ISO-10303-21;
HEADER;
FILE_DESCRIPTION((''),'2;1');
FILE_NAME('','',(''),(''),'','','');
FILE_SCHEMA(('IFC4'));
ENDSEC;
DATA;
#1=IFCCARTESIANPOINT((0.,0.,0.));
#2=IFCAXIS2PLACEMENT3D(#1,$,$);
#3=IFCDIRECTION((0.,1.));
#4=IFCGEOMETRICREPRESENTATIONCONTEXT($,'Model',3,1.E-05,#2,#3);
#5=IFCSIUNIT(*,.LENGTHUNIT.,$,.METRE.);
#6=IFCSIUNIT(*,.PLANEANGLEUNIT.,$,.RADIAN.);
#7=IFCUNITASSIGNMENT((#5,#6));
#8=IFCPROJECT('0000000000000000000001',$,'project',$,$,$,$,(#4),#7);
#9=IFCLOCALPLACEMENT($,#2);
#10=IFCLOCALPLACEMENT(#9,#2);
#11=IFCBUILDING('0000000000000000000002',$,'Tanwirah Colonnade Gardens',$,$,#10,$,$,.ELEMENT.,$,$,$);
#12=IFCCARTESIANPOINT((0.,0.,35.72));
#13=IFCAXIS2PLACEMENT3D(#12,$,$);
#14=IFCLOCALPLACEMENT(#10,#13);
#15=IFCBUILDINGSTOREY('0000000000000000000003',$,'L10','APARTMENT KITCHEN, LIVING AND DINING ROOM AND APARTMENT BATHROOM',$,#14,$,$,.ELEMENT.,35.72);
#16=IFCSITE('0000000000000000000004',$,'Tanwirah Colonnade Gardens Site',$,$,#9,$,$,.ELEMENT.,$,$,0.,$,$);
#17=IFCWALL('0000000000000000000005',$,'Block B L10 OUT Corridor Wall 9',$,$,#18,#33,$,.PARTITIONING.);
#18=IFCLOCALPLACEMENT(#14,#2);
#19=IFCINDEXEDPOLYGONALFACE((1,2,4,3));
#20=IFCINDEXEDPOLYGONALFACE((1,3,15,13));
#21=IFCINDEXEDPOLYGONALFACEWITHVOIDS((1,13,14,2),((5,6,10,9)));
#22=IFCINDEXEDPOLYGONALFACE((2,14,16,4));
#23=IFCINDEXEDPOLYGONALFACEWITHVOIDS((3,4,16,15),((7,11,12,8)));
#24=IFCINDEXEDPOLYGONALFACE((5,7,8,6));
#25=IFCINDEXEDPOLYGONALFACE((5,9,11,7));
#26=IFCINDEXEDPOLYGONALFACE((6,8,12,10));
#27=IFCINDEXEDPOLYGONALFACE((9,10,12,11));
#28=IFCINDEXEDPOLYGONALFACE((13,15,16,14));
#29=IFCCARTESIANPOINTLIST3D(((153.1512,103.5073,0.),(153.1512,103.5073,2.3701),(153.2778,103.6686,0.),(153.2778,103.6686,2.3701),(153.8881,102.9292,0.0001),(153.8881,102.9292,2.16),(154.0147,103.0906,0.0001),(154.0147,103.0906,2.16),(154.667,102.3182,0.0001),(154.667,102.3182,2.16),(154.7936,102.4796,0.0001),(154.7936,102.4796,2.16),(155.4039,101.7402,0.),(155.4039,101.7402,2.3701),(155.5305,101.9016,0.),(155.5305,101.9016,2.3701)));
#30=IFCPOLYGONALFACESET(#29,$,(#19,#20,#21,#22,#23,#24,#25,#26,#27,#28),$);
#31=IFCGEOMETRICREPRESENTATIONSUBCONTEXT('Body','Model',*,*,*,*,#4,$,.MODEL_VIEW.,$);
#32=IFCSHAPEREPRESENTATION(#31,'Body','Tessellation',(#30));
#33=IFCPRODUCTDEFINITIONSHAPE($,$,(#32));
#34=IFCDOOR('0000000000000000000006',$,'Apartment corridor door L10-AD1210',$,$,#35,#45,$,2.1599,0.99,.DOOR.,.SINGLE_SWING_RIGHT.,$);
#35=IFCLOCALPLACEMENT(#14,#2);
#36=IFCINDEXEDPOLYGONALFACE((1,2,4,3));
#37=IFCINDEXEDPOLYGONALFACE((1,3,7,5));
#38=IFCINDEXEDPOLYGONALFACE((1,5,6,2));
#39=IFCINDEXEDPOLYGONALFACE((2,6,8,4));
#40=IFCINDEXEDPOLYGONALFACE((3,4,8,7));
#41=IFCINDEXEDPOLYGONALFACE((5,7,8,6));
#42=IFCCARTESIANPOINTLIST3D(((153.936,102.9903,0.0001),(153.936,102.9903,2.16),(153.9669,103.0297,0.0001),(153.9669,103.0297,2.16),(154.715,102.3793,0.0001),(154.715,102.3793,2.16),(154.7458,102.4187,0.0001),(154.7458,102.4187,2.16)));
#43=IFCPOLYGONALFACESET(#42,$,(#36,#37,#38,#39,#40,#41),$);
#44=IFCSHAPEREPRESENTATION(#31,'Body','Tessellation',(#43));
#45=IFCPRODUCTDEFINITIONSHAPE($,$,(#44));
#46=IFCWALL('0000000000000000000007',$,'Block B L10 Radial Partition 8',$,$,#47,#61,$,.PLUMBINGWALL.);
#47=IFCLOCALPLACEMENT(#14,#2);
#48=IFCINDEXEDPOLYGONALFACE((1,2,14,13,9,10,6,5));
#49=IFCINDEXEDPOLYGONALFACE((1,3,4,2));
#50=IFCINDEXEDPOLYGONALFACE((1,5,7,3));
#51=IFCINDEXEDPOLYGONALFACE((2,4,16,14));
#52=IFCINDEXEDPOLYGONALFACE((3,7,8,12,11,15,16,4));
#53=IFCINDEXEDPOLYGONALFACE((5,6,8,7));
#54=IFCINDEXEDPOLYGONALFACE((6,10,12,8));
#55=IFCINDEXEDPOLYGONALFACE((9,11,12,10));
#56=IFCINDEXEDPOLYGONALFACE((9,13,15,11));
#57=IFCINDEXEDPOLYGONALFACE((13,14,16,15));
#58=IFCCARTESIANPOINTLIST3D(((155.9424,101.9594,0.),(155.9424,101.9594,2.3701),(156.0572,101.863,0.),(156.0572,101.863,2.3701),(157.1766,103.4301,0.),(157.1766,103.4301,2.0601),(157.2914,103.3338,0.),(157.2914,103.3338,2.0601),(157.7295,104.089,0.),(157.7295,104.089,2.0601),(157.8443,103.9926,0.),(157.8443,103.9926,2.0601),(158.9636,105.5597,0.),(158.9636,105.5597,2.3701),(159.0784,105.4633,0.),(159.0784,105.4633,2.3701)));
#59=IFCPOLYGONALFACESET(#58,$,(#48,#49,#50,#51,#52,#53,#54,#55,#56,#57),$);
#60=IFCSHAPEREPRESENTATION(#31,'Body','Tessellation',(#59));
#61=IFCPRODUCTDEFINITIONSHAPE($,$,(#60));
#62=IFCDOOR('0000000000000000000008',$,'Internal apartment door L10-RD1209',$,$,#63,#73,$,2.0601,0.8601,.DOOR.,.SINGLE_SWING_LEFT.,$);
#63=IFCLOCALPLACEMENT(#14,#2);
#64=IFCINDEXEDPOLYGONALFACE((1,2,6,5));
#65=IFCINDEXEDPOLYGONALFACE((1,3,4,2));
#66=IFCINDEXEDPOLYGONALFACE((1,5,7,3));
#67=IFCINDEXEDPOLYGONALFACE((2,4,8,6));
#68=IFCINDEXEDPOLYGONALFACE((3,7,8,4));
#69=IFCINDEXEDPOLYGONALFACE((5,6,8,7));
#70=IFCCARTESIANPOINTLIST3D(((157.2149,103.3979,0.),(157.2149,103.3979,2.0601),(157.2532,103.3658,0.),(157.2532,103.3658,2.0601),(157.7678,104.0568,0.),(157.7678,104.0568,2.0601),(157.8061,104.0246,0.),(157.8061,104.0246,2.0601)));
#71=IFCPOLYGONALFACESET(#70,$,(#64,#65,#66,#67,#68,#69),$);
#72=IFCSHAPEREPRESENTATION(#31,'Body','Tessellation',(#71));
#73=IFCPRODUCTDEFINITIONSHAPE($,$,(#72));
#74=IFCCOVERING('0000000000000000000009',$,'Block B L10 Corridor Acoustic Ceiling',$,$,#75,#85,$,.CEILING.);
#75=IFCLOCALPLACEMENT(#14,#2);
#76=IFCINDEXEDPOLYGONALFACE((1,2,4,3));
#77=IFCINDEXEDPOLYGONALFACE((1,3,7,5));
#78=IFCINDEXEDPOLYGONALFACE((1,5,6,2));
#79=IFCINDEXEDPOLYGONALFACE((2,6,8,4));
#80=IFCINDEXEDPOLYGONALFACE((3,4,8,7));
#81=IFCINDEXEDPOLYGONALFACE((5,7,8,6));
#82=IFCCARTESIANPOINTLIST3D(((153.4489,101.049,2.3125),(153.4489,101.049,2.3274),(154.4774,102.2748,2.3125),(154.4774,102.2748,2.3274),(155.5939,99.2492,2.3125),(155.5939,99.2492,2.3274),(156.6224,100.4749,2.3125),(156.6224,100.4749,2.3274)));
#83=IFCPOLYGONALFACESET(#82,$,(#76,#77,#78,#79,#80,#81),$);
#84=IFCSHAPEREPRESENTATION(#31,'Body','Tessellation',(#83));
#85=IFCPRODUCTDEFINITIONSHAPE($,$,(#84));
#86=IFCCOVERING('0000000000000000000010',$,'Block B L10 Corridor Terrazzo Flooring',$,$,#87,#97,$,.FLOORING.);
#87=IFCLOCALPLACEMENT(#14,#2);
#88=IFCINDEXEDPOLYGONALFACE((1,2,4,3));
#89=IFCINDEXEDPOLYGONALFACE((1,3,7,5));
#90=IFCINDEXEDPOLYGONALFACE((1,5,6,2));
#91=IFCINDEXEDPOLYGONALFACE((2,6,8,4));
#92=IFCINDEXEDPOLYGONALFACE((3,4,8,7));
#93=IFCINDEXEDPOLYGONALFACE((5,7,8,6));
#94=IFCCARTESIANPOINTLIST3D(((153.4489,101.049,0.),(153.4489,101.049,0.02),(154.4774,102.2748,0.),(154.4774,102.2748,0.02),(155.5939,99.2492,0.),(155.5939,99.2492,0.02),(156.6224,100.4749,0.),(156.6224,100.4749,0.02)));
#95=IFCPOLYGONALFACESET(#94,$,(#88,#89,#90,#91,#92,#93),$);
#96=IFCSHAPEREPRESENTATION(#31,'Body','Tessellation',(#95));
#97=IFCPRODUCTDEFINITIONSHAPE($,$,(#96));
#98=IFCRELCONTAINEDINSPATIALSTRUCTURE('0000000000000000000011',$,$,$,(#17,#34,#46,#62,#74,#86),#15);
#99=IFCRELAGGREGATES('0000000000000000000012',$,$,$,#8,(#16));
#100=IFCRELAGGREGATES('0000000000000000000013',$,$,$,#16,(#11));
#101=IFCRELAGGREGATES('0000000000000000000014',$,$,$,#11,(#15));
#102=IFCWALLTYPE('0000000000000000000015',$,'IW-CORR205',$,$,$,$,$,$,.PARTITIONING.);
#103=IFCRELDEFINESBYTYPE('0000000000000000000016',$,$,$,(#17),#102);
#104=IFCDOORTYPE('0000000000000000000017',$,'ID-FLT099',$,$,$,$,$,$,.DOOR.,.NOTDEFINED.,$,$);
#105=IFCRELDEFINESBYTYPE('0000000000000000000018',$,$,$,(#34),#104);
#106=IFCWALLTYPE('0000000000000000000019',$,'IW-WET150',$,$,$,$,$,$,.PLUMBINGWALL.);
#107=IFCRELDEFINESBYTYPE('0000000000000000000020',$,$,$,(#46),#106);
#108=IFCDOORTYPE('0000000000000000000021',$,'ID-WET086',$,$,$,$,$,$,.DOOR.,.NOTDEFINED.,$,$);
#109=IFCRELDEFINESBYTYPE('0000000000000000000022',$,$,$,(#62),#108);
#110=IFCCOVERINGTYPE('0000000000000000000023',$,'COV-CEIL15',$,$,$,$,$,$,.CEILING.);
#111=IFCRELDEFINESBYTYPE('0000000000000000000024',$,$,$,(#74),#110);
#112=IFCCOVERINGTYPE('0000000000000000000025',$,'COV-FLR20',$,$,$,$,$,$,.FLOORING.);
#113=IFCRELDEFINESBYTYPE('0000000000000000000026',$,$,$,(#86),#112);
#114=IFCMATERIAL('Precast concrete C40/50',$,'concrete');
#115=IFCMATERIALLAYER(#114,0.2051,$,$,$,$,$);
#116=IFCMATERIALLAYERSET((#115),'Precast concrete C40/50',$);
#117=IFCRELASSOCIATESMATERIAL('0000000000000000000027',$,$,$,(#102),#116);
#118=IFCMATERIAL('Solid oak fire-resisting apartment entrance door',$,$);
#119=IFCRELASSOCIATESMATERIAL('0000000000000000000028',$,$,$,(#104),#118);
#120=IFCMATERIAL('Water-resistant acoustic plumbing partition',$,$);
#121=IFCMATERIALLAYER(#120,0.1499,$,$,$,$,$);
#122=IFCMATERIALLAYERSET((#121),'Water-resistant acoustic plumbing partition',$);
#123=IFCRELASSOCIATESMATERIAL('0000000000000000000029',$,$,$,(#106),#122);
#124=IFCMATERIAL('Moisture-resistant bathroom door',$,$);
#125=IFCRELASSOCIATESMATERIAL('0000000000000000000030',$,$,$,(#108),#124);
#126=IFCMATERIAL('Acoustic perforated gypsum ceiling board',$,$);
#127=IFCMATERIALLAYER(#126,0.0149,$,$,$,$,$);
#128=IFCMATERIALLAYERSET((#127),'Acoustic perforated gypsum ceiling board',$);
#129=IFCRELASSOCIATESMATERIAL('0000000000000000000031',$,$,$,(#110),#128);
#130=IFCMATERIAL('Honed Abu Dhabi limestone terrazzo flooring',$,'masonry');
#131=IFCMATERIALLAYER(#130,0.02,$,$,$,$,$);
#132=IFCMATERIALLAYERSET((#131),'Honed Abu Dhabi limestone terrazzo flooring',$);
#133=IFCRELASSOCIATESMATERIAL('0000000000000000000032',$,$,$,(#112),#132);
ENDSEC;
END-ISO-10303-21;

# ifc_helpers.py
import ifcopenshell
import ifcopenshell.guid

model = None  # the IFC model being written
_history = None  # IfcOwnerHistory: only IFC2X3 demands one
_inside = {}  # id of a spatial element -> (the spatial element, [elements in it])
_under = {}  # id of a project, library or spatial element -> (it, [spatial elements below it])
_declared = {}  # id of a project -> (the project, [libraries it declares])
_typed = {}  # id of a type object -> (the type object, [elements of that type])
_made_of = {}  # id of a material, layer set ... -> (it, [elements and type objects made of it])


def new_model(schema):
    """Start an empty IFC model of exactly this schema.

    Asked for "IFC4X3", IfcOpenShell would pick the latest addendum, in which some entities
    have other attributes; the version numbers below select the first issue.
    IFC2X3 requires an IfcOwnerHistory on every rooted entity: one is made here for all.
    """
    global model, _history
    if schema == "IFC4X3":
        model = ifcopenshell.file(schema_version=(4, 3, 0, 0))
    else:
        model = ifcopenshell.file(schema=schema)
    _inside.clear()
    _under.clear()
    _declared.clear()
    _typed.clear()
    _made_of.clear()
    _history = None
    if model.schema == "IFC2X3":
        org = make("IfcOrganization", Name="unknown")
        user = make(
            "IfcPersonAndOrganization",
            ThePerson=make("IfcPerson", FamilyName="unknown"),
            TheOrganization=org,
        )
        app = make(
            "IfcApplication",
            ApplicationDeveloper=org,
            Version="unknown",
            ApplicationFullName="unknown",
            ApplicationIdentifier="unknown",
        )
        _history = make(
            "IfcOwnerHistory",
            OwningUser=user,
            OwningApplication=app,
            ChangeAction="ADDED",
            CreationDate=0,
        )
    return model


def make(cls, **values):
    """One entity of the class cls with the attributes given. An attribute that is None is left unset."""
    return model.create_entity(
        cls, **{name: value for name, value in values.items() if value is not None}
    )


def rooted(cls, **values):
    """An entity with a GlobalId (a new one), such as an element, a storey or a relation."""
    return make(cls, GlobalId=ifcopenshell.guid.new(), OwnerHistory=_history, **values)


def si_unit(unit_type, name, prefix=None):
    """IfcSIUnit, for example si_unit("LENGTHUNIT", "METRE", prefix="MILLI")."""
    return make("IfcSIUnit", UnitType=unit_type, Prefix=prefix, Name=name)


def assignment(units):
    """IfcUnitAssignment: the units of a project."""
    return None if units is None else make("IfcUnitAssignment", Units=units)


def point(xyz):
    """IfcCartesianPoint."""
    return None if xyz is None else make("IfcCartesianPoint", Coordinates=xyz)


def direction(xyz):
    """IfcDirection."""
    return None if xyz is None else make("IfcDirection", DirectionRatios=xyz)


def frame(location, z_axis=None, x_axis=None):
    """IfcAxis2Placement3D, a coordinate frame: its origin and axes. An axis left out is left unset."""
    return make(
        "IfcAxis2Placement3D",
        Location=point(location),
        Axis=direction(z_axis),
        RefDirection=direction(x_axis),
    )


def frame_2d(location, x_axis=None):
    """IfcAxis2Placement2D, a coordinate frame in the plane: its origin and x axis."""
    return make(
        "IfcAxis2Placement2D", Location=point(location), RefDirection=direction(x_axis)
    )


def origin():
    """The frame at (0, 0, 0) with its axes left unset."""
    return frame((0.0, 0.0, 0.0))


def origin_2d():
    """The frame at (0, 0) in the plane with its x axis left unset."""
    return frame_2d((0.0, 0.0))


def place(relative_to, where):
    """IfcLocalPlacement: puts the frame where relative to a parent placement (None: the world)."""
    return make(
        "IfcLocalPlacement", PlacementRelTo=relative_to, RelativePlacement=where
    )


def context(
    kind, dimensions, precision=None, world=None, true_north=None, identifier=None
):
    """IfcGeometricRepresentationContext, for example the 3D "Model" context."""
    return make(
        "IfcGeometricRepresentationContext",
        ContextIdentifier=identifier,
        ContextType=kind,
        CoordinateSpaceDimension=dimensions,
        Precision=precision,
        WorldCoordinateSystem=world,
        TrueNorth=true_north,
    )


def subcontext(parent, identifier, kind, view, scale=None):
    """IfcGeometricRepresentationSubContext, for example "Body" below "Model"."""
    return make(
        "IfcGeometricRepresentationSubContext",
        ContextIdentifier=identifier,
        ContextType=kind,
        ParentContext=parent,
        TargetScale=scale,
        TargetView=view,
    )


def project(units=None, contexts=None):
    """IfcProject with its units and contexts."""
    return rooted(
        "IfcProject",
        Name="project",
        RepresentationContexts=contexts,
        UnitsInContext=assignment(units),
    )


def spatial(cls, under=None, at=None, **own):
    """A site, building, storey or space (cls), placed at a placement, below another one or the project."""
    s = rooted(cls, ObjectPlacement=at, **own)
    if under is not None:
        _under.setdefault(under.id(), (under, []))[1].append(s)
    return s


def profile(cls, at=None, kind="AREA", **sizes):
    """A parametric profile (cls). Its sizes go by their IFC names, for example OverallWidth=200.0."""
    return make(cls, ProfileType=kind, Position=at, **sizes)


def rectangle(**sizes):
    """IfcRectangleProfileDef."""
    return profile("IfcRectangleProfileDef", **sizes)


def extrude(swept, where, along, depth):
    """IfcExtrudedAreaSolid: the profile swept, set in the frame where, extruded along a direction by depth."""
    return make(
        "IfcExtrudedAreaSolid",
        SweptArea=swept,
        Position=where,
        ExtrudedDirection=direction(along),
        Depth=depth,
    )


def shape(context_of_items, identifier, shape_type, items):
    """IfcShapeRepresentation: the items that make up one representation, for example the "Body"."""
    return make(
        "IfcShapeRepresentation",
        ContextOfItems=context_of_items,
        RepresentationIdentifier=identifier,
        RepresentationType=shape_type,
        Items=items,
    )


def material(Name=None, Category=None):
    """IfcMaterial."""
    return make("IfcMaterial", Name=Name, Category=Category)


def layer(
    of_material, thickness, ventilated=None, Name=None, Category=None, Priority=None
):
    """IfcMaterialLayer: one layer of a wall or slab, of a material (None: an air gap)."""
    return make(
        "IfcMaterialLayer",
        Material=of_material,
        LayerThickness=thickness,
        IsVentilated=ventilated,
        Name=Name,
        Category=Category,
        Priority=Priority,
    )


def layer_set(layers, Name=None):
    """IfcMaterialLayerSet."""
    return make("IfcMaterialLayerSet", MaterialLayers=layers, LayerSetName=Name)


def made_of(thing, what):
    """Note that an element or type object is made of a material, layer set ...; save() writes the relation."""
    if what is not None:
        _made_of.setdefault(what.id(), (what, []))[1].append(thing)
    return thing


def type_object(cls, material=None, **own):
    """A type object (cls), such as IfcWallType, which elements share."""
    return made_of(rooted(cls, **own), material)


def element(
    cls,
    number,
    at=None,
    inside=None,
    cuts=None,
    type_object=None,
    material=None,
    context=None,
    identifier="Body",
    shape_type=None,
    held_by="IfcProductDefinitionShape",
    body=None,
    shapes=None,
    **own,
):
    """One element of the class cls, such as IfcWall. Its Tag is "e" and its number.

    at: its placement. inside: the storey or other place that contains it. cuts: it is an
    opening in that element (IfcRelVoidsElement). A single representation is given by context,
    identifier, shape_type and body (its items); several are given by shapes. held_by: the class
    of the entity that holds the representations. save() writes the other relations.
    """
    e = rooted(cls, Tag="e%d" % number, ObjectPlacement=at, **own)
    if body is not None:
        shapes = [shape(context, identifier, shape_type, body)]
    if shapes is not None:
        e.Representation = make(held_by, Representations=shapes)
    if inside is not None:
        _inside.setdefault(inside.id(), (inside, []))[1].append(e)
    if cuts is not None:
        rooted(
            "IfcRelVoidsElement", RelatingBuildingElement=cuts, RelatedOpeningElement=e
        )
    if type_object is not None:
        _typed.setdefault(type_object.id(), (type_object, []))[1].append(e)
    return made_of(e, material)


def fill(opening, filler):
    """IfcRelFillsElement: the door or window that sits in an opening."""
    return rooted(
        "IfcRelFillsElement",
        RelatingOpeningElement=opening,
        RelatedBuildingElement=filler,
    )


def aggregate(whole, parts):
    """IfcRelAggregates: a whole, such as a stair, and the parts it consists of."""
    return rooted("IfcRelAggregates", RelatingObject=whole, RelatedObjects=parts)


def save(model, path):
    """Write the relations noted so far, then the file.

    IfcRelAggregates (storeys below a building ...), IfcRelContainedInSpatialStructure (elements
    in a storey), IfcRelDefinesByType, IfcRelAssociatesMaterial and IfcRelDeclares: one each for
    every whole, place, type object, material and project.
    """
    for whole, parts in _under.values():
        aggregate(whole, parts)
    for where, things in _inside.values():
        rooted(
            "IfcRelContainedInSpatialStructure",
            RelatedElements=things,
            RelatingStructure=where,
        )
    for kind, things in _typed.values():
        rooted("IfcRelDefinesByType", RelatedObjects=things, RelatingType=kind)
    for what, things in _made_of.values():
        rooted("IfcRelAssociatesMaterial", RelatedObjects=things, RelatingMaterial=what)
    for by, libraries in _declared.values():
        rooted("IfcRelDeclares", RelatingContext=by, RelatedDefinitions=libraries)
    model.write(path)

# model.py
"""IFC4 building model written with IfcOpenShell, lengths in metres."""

from ifc_helpers import new_model, si_unit, direction, frame, frame_2d, origin, origin_2d, place, context, subcontext, project, spatial, rectangle, extrude, material, layer, layer_set, type_object, element, fill, save


model = new_model("IFC4")

# Units and contexts
model_context = context("Model", 3, precision=1e-05, world=origin(), true_north=direction((0.0, 1.0)))
body_context = subcontext(model_context, "Body", "Model", "MODEL_VIEW")
ifc_project = project(units=[si_unit("LENGTHUNIT", "METRE"), si_unit("PLANEANGLEUNIT", "RADIAN")], contexts=[model_context])

# Site, building, storey
site_placement = place(None, origin())
site = spatial("IfcSite", under=ifc_project, at=site_placement, Name="Tanwirah Colonnade Gardens Site", CompositionType="ELEMENT", RefElevation=0.0)
building_placement = place(site_placement, origin())
building = spatial("IfcBuilding", under=site, at=building_placement, Name="Tanwirah Colonnade Gardens", CompositionType="ELEMENT")
storey_placement = place(building_placement, frame((0.0, 0.0, 35.72)))
storey = spatial("IfcBuildingStorey", under=building, at=storey_placement, Name="L10", Description="APARTMENT KITCHEN, LIVING AND DINING ROOM AND APARTMENT BATHROOM", CompositionType="ELEMENT", Elevation=35.72)

# Shared definitions
ifc_material_1 = material(Name="Precast concrete C40/50", Category="concrete")

# Walls, openings, doors
ifc_layer_1 = layer(ifc_material_1, 0.2051)
ifc_layer_set_1 = layer_set([ifc_layer_1], Name="Precast concrete C40/50")
wall_type_1 = type_object("IfcWallType", Name="IW-CORR205", PredefinedType="PARTITIONING", material=ifc_layer_set_1)
ifc_material_2 = material(Name="Solid oak fire-resisting apartment entrance door")
wall_1_placement = place(storey_placement, frame((155.4673, 101.8208, 0.0), z_axis=(0.0, 0.0, 1.0), x_axis=(-0.786806, 0.6172, 0.0)))
wall_1 = element("IfcWall", 1, at=wall_1_placement, inside=storey, type_object=wall_type_1, Name="Block B L10 OUT Corridor Wall 9", PredefinedType="PARTITIONING", context=body_context, shape_type="SweptSolid", body=[
    extrude(rectangle(XDim=2.863, YDim=0.2051, at=frame_2d((1.4316, 0.0))), origin(), (0.0, 0.0, 1.0), 2.3701),
])
opening_1_placement = place(wall_1_placement, frame((0.9365, 0.0, 0.0)))
opening_1 = element("IfcOpeningElement", 2, at=opening_1_placement, cuts=wall_1, PredefinedType="OPENING", context=body_context, shape_type="SweptSolid", body=[
    extrude(rectangle(XDim=0.99, YDim=2.1599, at=frame_2d((0.4951, 1.0801))), frame((0.0, 0.1125, 0.0), z_axis=(0.0, -1.0, 0.0), x_axis=(1.0, 0.0, 0.0)), (0.0, 0.0, 1.0), 0.2251),
])
door_type_1 = type_object("IfcDoorType", Name="ID-FLT099", OperationType="NOTDEFINED", PredefinedType="DOOR", material=ifc_material_2)
door_1_placement = place(opening_1_placement, origin())
door_1 = element("IfcDoor", 3, at=door_1_placement, inside=storey, type_object=door_type_1, Name="Apartment corridor door L10-AD1210", OperationType="SINGLE_SWING_RIGHT", OverallHeight=2.1599, OverallWidth=0.99, PredefinedType="DOOR", context=body_context, shape_type="SweptSolid", body=[
    extrude(rectangle(XDim=0.99, YDim=2.1599, at=frame_2d((0.4951, 1.0801))), frame((0.0, 0.0249, 0.0), z_axis=(0.0, -1.0, 0.0), x_axis=(1.0, 0.0, 0.0)), (0.0, 0.0, 1.0), 0.05),
])
fill(opening_1, door_1)
ifc_material_3 = material(Name="Water-resistant acoustic plumbing partition")
ifc_layer_2 = layer(ifc_material_3, 0.1499)
ifc_layer_set_2 = layer_set([ifc_layer_2], Name="Water-resistant acoustic plumbing partition")
wall_type_2 = type_object("IfcWallType", Name="IW-WET150", PredefinedType="PLUMBINGWALL", material=ifc_layer_set_2)
wall_2_placement = place(storey_placement, frame((155.9998, 101.9111, 0.0), z_axis=(0.0, 0.0, 1.0), x_axis=(0.642812, 0.766024, 0.0)))
wall_2 = element("IfcWall", 4, at=wall_2_placement, inside=storey, type_object=wall_type_2, Name="Block B L10 Radial Partition 8", PredefinedType="PLUMBINGWALL", context=body_context, shape_type="SweptSolid", body=[
    extrude(rectangle(XDim=4.7, YDim=0.1499, at=frame_2d((2.3501, 0.0))), origin(), (0.0, 0.0, 1.0), 2.3701),
])
opening_2_placement = place(wall_2_placement, frame((1.9199, 0.0, 0.0)))
opening_2 = element("IfcOpeningElement", 5, at=opening_2_placement, cuts=wall_2, PredefinedType="OPENING", context=body_context, shape_type="SweptSolid", body=[
    extrude(rectangle(XDim=0.8601, YDim=2.0601, at=frame_2d((0.4302, 1.03))), frame((0.0, 0.085, 0.0), z_axis=(0.0, -1.0, 0.0), x_axis=(1.0, 0.0, 0.0)), (0.0, 0.0, 1.0), 0.1699),
])
ifc_material_4 = material(Name="Moisture-resistant bathroom door")
door_type_2 = type_object("IfcDoorType", Name="ID-WET086", OperationType="NOTDEFINED", PredefinedType="DOOR", material=ifc_material_4)
door_2_placement = place(opening_2_placement, origin())
door_2 = element("IfcDoor", 6, at=door_2_placement, inside=storey, type_object=door_type_2, Name="Internal apartment door L10-RD1209", OperationType="SINGLE_SWING_LEFT", OverallHeight=2.0601, OverallWidth=0.8601, PredefinedType="DOOR", context=body_context, shape_type="SweptSolid", body=[
    extrude(rectangle(XDim=0.8601, YDim=2.0601, at=frame_2d((0.4302, 1.03))), frame((0.0, 0.0249, 0.0), z_axis=(0.0, -1.0, 0.0), x_axis=(1.0, 0.0, 0.0)), (0.0, 0.0, 1.0), 0.05),
])
fill(opening_2, door_2)

# Coverings
ifc_material_5 = material(Name="Acoustic perforated gypsum ceiling board")
ifc_layer_3 = layer(ifc_material_5, 0.0149)
ifc_layer_set_3 = layer_set([ifc_layer_3], Name="Acoustic perforated gypsum ceiling board")
covering_type_1 = type_object("IfcCoveringType", Name="COV-CEIL15", PredefinedType="CEILING", material=ifc_layer_set_3)
covering_1_placement = place(storey_placement, frame((155.0356, 100.762, 2.3125), z_axis=(0.0, 0.0, 1.0), x_axis=(-0.766044, 0.642788, 0.0)))
element("IfcCovering", 7, at=covering_1_placement, inside=storey, type_object=covering_type_1, Name="Block B L10 Corridor Acoustic Ceiling", PredefinedType="CEILING", context=body_context, shape_type="SweptSolid", body=[
    extrude(rectangle(XDim=2.8, YDim=1.6001, at=origin_2d()), origin(), (0.0, 0.0, 1.0), 0.0149),
])
ifc_material_6 = material(Name="Honed Abu Dhabi limestone terrazzo flooring", Category="masonry")
ifc_layer_4 = layer(ifc_material_6, 0.02)
ifc_layer_set_4 = layer_set([ifc_layer_4], Name="Honed Abu Dhabi limestone terrazzo flooring")
covering_type_2 = type_object("IfcCoveringType", Name="COV-FLR20", PredefinedType="FLOORING", material=ifc_layer_set_4)
covering_2_placement = place(storey_placement, frame((155.0356, 100.762, 0.0), z_axis=(0.0, 0.0, 1.0), x_axis=(-0.766044, 0.642788, 0.0)))
element("IfcCovering", 8, at=covering_2_placement, inside=storey, type_object=covering_type_2, Name="Block B L10 Corridor Terrazzo Flooring", PredefinedType="FLOORING", context=body_context, shape_type="SweptSolid", body=[
    extrude(rectangle(XDim=2.8, YDim=1.6001, at=origin_2d()), origin(), (0.0, 0.0, 1.0), 0.02),
])

save(model, "model.ifc")
